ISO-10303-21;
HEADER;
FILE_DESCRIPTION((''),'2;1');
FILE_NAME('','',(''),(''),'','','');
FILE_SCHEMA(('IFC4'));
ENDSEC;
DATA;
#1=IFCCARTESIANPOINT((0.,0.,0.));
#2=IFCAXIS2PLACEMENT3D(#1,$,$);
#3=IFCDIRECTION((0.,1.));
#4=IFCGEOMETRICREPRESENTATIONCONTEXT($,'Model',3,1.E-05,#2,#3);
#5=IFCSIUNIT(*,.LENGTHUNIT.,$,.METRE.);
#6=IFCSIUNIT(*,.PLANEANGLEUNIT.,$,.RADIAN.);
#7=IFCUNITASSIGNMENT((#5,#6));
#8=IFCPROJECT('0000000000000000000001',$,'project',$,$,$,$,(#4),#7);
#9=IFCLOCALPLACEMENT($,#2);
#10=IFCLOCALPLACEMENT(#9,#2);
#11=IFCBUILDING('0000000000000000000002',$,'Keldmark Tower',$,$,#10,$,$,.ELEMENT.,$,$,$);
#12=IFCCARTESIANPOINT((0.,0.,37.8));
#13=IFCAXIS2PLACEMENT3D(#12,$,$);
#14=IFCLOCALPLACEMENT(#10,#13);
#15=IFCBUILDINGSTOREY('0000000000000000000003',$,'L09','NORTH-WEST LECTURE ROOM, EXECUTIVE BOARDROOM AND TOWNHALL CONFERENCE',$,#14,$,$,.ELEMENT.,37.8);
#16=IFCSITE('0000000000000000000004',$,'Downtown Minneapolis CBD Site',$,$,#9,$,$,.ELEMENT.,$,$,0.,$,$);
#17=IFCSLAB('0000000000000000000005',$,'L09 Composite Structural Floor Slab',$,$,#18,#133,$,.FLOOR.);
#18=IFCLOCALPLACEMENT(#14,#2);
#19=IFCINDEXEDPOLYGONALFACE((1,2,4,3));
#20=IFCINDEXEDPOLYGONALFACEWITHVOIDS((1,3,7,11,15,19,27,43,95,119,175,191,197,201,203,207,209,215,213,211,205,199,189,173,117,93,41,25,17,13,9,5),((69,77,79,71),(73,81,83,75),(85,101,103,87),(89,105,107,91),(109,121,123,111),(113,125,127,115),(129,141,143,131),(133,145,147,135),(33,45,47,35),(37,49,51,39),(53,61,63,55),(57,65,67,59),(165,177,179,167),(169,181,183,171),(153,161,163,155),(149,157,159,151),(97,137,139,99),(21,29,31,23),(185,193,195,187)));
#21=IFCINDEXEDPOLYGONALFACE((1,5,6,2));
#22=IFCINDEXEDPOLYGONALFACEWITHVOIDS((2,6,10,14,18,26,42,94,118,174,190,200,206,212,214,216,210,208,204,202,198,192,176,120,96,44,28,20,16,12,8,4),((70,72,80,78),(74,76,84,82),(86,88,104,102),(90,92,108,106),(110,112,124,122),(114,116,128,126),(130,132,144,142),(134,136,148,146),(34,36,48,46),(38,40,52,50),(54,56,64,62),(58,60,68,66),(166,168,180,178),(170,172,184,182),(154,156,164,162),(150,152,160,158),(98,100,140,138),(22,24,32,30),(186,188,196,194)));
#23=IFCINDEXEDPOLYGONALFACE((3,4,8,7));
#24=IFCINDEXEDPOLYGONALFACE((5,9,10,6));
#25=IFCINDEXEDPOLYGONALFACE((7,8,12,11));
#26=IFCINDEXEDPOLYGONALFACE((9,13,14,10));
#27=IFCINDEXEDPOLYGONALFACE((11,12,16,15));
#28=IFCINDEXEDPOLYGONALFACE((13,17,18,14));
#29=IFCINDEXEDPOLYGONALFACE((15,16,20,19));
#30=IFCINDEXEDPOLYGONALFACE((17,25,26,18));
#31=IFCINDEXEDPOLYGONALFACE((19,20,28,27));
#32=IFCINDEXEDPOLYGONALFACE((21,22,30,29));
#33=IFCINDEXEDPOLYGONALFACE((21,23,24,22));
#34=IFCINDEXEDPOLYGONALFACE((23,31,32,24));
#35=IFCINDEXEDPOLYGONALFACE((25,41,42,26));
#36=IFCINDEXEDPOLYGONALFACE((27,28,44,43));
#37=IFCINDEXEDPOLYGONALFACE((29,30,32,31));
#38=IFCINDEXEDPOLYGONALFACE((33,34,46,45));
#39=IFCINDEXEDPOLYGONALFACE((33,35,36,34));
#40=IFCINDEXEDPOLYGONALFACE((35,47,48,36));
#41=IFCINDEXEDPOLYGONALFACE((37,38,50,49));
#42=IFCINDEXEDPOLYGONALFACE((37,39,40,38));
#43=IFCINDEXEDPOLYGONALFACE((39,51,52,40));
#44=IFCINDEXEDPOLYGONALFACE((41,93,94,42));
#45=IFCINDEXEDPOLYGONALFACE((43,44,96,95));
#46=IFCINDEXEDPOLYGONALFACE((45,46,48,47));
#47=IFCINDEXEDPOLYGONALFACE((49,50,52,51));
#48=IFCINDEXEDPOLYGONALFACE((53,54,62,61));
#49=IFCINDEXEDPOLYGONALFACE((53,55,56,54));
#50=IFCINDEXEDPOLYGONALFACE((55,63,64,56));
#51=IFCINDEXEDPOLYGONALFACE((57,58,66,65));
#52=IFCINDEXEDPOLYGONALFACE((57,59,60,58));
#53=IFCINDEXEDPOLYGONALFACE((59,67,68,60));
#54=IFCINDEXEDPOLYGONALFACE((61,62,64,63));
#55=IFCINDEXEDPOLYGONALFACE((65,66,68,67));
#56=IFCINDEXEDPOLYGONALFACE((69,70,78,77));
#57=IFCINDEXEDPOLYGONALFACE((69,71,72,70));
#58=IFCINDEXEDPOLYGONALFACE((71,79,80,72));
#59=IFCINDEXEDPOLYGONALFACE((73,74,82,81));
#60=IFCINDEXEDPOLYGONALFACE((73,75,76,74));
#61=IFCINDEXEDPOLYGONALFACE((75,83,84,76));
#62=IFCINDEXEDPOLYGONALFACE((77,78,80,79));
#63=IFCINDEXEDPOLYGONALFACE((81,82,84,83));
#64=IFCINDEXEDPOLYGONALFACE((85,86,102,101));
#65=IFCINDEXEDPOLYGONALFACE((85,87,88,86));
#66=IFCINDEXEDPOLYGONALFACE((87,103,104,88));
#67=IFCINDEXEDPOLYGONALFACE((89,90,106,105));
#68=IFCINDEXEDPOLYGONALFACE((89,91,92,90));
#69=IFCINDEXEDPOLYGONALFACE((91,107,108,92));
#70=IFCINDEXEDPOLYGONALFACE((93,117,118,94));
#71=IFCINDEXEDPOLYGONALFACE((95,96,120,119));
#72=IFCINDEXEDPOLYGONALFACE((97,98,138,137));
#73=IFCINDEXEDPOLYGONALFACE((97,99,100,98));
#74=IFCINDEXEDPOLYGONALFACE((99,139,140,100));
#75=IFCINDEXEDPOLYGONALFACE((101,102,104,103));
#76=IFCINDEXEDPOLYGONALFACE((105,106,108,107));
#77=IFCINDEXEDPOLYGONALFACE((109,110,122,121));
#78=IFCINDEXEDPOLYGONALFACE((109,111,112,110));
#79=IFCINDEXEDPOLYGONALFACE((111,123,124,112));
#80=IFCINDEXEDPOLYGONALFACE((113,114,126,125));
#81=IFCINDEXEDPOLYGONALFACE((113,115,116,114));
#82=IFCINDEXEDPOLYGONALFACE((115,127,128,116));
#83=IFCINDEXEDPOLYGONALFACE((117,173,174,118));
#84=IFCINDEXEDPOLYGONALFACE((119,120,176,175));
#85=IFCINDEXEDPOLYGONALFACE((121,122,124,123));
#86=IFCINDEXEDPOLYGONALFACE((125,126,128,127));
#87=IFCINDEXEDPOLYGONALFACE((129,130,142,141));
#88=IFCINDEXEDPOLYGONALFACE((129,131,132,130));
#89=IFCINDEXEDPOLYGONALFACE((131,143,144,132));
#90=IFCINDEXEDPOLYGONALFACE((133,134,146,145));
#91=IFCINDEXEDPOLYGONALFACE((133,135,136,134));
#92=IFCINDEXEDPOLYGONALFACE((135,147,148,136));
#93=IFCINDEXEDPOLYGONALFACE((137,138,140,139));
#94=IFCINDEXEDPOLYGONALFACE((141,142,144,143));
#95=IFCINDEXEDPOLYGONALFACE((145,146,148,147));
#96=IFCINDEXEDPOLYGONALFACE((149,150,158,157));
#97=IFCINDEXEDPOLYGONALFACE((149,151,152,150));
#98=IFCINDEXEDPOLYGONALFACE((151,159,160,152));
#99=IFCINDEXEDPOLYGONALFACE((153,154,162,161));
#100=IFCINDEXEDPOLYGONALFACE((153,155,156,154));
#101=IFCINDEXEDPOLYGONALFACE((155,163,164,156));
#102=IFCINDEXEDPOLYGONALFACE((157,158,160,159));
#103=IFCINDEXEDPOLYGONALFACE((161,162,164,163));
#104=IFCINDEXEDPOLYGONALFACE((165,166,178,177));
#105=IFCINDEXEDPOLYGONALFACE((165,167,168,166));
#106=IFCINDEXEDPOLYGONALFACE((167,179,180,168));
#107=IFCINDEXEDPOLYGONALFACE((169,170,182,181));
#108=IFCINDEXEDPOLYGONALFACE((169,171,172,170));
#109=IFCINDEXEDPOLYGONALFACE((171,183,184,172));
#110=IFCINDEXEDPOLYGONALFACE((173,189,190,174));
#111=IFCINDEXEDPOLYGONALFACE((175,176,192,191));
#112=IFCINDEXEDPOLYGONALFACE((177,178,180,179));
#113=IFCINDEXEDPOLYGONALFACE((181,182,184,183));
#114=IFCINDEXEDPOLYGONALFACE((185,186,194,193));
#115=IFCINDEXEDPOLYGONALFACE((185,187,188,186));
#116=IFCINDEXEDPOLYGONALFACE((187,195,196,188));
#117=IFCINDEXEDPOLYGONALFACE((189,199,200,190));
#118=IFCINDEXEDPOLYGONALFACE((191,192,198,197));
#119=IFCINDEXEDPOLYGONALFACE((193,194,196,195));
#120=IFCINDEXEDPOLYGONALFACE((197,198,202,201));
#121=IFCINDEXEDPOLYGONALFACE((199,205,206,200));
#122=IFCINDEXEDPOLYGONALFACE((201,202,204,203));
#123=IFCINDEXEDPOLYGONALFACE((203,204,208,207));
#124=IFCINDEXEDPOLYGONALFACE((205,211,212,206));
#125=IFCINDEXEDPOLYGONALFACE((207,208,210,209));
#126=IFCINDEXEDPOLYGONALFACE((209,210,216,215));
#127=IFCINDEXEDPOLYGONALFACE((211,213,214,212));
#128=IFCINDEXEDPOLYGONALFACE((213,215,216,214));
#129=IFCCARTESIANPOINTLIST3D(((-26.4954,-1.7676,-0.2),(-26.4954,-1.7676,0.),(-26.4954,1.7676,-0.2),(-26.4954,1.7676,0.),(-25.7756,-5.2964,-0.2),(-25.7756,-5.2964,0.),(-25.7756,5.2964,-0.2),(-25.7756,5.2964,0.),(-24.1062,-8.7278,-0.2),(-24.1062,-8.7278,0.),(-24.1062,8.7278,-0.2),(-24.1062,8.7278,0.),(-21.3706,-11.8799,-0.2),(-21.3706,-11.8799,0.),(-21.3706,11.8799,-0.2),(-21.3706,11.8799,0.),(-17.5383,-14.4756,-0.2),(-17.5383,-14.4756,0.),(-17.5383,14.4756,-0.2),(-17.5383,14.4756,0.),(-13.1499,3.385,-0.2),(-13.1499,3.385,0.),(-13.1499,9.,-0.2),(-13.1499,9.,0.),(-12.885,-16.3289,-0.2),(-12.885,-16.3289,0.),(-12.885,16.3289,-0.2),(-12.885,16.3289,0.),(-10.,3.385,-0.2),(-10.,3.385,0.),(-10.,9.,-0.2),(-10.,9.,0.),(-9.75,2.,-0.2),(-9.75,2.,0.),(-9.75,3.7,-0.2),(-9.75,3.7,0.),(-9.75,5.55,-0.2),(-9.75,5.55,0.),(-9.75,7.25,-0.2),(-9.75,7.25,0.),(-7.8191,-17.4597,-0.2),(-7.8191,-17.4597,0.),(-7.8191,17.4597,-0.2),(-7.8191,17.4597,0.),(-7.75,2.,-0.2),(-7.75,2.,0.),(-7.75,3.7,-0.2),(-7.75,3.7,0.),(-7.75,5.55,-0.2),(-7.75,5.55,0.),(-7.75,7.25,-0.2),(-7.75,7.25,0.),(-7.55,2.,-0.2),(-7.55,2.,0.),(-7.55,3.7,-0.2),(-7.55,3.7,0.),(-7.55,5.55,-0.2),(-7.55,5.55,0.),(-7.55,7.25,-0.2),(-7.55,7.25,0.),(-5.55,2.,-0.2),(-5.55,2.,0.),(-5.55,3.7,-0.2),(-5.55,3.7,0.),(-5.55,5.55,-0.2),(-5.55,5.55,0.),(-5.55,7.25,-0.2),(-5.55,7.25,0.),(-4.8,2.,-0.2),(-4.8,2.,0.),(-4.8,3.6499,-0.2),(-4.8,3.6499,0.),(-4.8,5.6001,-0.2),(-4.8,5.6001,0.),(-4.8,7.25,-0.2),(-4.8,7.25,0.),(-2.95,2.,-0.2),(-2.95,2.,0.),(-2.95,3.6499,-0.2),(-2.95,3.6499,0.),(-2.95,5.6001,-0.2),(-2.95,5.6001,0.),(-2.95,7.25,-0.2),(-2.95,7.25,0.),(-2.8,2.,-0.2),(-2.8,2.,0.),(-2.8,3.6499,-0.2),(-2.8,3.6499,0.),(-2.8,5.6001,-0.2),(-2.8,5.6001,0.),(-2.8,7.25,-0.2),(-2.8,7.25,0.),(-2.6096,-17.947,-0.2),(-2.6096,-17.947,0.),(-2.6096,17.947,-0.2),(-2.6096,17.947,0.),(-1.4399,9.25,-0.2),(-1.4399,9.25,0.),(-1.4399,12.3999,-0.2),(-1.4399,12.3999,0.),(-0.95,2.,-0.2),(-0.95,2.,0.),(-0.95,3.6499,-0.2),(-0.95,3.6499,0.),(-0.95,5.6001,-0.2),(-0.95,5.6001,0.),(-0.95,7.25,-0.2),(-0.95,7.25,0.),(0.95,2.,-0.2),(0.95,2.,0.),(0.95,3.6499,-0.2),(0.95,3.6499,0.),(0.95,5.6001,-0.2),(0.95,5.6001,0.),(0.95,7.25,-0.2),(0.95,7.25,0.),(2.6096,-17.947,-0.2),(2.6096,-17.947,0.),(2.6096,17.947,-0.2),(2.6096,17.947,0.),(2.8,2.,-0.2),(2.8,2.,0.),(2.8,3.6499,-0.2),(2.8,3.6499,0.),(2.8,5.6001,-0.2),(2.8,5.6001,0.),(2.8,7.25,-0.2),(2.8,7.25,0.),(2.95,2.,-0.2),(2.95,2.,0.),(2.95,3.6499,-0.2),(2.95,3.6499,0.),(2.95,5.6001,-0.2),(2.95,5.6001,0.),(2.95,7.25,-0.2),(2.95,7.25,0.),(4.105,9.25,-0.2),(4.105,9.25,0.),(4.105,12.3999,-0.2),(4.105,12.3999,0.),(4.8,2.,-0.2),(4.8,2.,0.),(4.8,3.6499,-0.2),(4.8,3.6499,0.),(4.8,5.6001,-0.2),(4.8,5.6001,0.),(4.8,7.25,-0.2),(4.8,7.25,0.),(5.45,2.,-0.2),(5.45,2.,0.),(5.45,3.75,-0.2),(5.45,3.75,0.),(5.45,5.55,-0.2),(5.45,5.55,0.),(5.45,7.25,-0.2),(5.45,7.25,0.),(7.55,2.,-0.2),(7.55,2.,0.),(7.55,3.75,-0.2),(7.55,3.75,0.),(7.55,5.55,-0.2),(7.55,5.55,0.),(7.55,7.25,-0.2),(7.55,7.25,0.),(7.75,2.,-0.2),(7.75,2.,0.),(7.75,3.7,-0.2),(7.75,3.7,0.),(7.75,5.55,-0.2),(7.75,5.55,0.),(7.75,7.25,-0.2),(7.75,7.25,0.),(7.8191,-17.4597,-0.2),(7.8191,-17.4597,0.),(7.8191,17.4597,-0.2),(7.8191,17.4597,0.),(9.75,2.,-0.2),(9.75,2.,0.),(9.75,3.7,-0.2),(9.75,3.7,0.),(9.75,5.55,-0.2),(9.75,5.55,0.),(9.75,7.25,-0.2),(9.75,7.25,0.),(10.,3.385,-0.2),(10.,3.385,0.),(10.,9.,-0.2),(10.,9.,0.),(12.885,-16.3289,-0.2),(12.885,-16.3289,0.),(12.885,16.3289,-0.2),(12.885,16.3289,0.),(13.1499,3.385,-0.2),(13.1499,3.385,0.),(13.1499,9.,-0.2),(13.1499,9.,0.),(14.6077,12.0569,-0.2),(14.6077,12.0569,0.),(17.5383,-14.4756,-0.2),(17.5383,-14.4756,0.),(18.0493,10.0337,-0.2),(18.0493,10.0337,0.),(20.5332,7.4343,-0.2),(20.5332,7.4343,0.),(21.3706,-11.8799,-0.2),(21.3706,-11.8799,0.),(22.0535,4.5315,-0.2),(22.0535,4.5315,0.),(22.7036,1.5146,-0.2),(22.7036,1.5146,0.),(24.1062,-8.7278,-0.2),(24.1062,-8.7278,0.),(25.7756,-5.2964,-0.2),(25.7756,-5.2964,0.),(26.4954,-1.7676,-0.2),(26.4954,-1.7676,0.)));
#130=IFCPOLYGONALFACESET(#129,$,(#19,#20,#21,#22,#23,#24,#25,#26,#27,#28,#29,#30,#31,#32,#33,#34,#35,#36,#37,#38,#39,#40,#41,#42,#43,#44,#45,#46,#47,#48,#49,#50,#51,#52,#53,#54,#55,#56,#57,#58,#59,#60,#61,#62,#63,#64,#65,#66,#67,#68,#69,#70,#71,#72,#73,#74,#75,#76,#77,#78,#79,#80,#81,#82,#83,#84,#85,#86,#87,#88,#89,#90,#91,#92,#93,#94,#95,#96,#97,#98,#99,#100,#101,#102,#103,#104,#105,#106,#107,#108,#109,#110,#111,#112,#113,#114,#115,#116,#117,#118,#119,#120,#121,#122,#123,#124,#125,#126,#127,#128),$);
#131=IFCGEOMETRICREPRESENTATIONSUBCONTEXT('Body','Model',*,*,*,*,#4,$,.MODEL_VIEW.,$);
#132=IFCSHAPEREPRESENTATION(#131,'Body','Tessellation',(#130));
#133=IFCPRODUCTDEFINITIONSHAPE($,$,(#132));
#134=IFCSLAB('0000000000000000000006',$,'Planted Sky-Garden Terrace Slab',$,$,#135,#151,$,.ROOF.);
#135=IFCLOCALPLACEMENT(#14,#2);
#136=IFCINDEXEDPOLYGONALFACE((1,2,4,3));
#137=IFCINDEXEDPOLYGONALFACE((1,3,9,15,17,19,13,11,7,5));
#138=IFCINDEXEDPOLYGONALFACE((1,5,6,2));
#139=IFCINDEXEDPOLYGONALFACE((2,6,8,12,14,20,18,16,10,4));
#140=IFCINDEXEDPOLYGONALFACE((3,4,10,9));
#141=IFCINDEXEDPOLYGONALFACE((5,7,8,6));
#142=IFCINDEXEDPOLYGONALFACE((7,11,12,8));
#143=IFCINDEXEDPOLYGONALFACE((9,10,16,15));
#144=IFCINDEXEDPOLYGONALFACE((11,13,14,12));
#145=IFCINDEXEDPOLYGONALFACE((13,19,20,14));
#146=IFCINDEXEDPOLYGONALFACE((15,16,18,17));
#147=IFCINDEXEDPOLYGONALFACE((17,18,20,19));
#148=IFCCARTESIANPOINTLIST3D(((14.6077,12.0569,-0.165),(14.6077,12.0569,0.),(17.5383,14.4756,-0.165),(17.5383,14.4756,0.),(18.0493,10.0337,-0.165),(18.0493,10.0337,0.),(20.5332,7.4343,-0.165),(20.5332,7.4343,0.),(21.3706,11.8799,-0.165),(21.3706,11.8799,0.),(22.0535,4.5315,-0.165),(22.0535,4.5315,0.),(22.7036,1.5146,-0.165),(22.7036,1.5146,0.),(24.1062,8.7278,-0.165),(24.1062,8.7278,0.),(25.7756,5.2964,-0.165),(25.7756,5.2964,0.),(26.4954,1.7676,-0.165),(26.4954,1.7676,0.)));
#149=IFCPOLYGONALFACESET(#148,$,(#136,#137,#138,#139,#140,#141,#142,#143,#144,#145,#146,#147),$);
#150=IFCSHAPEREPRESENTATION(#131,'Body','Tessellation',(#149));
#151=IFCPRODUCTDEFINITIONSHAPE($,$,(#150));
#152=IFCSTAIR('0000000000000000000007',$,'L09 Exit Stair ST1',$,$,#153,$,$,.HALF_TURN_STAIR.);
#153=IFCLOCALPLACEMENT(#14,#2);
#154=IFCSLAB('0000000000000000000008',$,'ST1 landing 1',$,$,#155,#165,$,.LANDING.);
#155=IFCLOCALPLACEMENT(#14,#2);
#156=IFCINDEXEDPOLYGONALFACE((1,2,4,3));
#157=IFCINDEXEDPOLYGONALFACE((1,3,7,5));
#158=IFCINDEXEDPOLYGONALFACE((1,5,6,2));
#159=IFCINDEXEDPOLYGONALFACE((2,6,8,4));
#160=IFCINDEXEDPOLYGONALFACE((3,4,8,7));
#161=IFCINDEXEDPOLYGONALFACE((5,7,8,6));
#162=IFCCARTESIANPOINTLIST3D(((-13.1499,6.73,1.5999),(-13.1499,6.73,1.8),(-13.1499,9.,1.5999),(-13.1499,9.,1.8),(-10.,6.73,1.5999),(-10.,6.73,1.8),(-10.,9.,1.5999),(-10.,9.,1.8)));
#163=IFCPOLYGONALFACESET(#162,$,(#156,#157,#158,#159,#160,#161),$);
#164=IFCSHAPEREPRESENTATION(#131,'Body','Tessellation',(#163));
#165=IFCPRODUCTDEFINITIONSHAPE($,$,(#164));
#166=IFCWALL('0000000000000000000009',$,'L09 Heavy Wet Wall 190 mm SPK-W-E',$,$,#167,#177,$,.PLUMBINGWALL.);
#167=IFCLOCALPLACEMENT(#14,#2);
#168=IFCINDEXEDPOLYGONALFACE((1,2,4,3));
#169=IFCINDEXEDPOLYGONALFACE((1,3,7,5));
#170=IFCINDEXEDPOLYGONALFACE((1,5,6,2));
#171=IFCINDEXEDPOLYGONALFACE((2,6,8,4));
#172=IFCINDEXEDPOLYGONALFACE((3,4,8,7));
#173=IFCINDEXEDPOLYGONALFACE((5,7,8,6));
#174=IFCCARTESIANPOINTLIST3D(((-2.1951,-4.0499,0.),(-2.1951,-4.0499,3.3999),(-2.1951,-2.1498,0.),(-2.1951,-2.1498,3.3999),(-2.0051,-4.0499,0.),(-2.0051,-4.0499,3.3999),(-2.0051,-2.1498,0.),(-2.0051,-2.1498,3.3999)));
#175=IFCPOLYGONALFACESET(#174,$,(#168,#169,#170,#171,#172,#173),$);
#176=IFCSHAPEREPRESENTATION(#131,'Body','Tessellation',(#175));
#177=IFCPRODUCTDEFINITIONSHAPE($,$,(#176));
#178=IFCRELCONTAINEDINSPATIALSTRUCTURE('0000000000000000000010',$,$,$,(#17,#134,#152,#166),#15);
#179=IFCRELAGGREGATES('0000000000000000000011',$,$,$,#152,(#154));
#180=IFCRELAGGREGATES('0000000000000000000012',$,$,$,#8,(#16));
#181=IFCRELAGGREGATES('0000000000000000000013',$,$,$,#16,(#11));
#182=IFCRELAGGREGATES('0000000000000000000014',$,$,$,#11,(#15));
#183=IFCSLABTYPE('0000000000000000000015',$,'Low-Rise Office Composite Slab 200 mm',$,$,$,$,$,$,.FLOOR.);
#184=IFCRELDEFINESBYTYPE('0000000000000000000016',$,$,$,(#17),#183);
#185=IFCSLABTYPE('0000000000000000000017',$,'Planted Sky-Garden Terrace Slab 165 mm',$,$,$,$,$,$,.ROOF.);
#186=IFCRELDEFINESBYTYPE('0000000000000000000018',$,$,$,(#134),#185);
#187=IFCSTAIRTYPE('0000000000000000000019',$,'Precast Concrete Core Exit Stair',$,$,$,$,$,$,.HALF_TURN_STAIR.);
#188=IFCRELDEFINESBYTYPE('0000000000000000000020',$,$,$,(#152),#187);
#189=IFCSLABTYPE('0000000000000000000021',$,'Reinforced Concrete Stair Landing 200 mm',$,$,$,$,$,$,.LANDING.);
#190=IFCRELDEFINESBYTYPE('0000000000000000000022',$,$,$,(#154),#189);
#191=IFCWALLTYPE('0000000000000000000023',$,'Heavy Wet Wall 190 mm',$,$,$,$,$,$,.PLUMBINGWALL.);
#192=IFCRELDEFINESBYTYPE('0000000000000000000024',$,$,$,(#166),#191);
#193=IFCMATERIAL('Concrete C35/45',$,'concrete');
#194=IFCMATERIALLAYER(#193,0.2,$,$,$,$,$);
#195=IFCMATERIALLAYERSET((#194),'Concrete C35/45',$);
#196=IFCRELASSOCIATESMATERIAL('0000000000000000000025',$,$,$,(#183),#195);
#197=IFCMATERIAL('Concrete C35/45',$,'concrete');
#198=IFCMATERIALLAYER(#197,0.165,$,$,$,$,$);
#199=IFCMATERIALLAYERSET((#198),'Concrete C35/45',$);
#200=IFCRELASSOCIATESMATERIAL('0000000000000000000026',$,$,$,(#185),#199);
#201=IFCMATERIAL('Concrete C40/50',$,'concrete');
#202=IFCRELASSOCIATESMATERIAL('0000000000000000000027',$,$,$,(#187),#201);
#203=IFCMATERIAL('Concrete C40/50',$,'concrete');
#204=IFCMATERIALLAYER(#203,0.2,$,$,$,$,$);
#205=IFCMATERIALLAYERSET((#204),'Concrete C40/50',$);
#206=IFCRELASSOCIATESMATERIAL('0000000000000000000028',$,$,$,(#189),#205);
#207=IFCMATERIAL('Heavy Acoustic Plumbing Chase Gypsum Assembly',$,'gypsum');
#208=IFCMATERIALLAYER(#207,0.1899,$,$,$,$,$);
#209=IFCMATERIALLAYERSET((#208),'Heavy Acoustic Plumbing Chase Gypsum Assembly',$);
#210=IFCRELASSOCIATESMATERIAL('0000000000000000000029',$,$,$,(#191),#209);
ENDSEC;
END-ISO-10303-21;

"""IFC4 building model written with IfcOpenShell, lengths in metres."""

from ifc_helpers import new_model, si_unit, direction, frame, frame_2d, origin, place, context, subcontext, project, spatial, polyline, rectangle, outline, extrude, material, layer, layer_set, type_object, element, aggregate, save


model = new_model("IFC4")

# Units and contexts
model_context = context("Model", 3, precision=1e-05, world=origin(), true_north=direction((0.0, 1.0)))
body_context = subcontext(model_context, "Body", "Model", "MODEL_VIEW")
ifc_project = project(units=[si_unit("LENGTHUNIT", "METRE"), si_unit("PLANEANGLEUNIT", "RADIAN")], contexts=[model_context])

# Site, building, storey
site_placement = place(None, origin())
site = spatial("IfcSite", under=ifc_project, at=site_placement, Name="Downtown Minneapolis CBD Site", CompositionType="ELEMENT", RefElevation=0.0)
building_placement = place(site_placement, origin())
building = spatial("IfcBuilding", under=site, at=building_placement, Name="Keldmark Tower", CompositionType="ELEMENT")
storey_placement = place(building_placement, frame((0.0, 0.0, 37.8)))
storey = spatial("IfcBuildingStorey", under=building, at=storey_placement, Name="L09", Description="NORTH-WEST LECTURE ROOM, EXECUTIVE BOARDROOM AND TOWNHALL CONFERENCE", CompositionType="ELEMENT", Elevation=37.8)

# Slabs
ifc_material_1 = material(Name="Concrete C35/45", Category="concrete")
ifc_layer_1 = layer(ifc_material_1, 0.2)
ifc_layer_set_1 = layer_set([ifc_layer_1], Name="Concrete C35/45")
slab_type_1 = type_object("IfcSlabType", Name="Low-Rise Office Composite Slab 200 mm", PredefinedType="FLOOR", material=ifc_layer_set_1)
slab_1_placement = place(storey_placement, frame((0.0, 0.0, -0.2)))
element("IfcSlab", 1, at=slab_1_placement, inside=storey, type_object=slab_type_1, Name="L09 Composite Structural Floor Slab", PredefinedType="FLOOR", context=body_context, shape_type="SweptSolid", body=[
    extrude(outline(polyline([(22.7036, 1.5146), (22.0535, 4.5315), (20.5332, 7.4343), (18.0493, 10.0337), (14.6077, 12.0569), (12.885, 16.3289), (7.8191, 17.4597), (2.6096, 17.947), (-2.6096, 17.947), (-7.8191, 17.4597), (-12.885, 16.3289), (-17.5383, 14.4756), (-21.3706, 11.8799), (-24.1062, 8.7278), (-25.7756, 5.2964), (-26.4954, 1.7676), (-26.4954, -1.7676), (-25.7756, -5.2964), (-24.1062, -8.7278), (-21.3706, -11.8799), (-17.5383, -14.4756), (-12.885, -16.3289), (-7.8191, -17.4597), (-2.6096, -17.947), (2.6096, -17.947), (7.8191, -17.4597), (12.885, -16.3289), (17.5383, -14.4756), (21.3706, -11.8799), (24.1062, -8.7278), (25.7756, -5.2964), (26.4954, -1.7676), (22.7036, 1.5146)]), holes=[polyline([(-10.0, 3.385), (-10.0, 9.0), (-13.1499, 9.0), (-13.1499, 3.385), (-10.0, 3.385)]), polyline([(13.1499, 3.385), (13.1499, 9.0), (10.0, 9.0), (10.0, 3.385), (13.1499, 3.385)]), polyline([(-1.4399, 9.25), (4.105, 9.25), (4.105, 12.3999), (-1.4399, 12.3999), (-1.4399, 9.25)]), polyline([(-9.75, 2.0), (-7.75, 2.0), (-7.75, 3.7), (-9.75, 3.7), (-9.75, 2.0)]), polyline([(7.75, 2.0), (9.75, 2.0), (9.75, 3.7), (7.75, 3.7), (7.75, 2.0)]), polyline([(5.45, 2.0), (7.55, 2.0), (7.55, 3.75), (5.45, 3.75), (5.45, 2.0)]), polyline([(-4.8, 2.0), (-2.95, 2.0), (-2.95, 3.6499), (-4.8, 3.6499), (-4.8, 2.0)]), polyline([(-2.8, 2.0), (-0.95, 2.0), (-0.95, 3.6499), (-2.8, 3.6499), (-2.8, 2.0)]), polyline([(0.95, 2.0), (2.8, 2.0), (2.8, 3.6499), (0.95, 3.6499), (0.95, 2.0)]), polyline([(2.95, 2.0), (4.8, 2.0), (4.8, 3.6499), (2.95, 3.6499), (2.95, 2.0)]), polyline([(-4.8, 5.6001), (-2.95, 5.6001), (-2.95, 7.25), (-4.8, 7.25), (-4.8, 5.6001)]), polyline([(-2.8, 5.6001), (-0.95, 5.6001), (-0.95, 7.25), (-2.8, 7.25), (-2.8, 5.6001)]), polyline([(0.95, 5.6001), (2.8, 5.6001), (2.8, 7.25), (0.95, 7.25), (0.95, 5.6001)]), polyline([(2.95, 5.6001), (4.8, 5.6001), (4.8, 7.25), (2.95, 7.25), (2.95, 5.6001)]), polyline([(-9.75, 5.55), (-7.75, 5.55), (-7.75, 7.25), (-9.75, 7.25), (-9.75, 5.55)]), polyline([(-7.55, 5.55), (-5.55, 5.55), (-5.55, 7.25), (-7.55, 7.25), (-7.55, 5.55)]), polyline([(-7.55, 2.0), (-5.55, 2.0), (-5.55, 3.7), (-7.55, 3.7), (-7.55, 2.0)]), polyline([(5.45, 5.55), (7.55, 5.55), (7.55, 7.25), (5.45, 7.25), (5.45, 5.55)]), polyline([(7.75, 5.55), (9.75, 5.55), (9.75, 7.25), (7.75, 7.25), (7.75, 5.55)])]), origin(), (0.0, 0.0, 1.0), 0.2),
])
ifc_material_2 = material(Name="Concrete C35/45", Category="concrete")
ifc_layer_2 = layer(ifc_material_2, 0.165)
ifc_layer_set_2 = layer_set([ifc_layer_2], Name="Concrete C35/45")
slab_type_2 = type_object("IfcSlabType", Name="Planted Sky-Garden Terrace Slab 165 mm", PredefinedType="ROOF", material=ifc_layer_set_2)
slab_2_placement = place(storey_placement, frame((0.0, 0.0, -0.165)))
element("IfcSlab", 2, at=slab_2_placement, inside=storey, type_object=slab_type_2, Name="Planted Sky-Garden Terrace Slab", PredefinedType="ROOF", context=body_context, shape_type="SweptSolid", body=[
    extrude(outline(polyline([(26.4954, 1.7676), (25.7756, 5.2964), (24.1062, 8.7278), (21.3706, 11.8799), (17.5383, 14.4756), (14.6077, 12.0569), (18.0493, 10.0337), (20.5332, 7.4343), (22.0535, 4.5315), (22.7036, 1.5146), (26.4954, 1.7676)])), origin(), (0.0, 0.0, 1.0), 0.165),
])

# Stair, slab
ifc_material_3 = material(Name="Concrete C40/50", Category="concrete")
stair_type = type_object("IfcStairType", Name="Precast Concrete Core Exit Stair", PredefinedType="HALF_TURN_STAIR", material=ifc_material_3)
stair_placement = place(storey_placement, origin())
stair = element("IfcStair", 3, at=stair_placement, inside=storey, type_object=stair_type, Name="L09 Exit Stair ST1", PredefinedType="HALF_TURN_STAIR")
ifc_material_4 = material(Name="Concrete C40/50", Category="concrete")
ifc_layer_3 = layer(ifc_material_4, 0.2)
ifc_layer_set_3 = layer_set([ifc_layer_3], Name="Concrete C40/50")
slab_type_3 = type_object("IfcSlabType", Name="Reinforced Concrete Stair Landing 200 mm", PredefinedType="LANDING", material=ifc_layer_set_3)
slab_3_placement = place(storey_placement, frame((0.0, 0.0, 1.5999)))
slab_3 = element("IfcSlab", 4, at=slab_3_placement, type_object=slab_type_3, Name="ST1 landing 1", PredefinedType="LANDING", context=body_context, shape_type="SweptSolid", body=[
    extrude(outline(polyline([(-10.0, 6.73), (-10.0, 9.0), (-13.1499, 9.0), (-13.1499, 6.73), (-10.0, 6.73)])), origin(), (0.0, 0.0, 1.0), 0.2002),
])
aggregate(stair, [slab_3])

# Wall
ifc_material_5 = material(Name="Heavy Acoustic Plumbing Chase Gypsum Assembly", Category="gypsum")
ifc_layer_4 = layer(ifc_material_5, 0.1899)
ifc_layer_set_4 = layer_set([ifc_layer_4], Name="Heavy Acoustic Plumbing Chase Gypsum Assembly")
wall_type_1 = type_object("IfcWallType", Name="Heavy Wet Wall 190 mm", PredefinedType="PLUMBINGWALL", material=ifc_layer_set_4)
wall_1_placement = place(storey_placement, frame((-2.1001, -4.05, 0.0), z_axis=(0.0, 0.0, 1.0), x_axis=(0.0, 1.0, 0.0)))
element("IfcWall", 5, at=wall_1_placement, inside=storey, type_object=wall_type_1, Name="L09 Heavy Wet Wall 190 mm SPK-W-E", PredefinedType="PLUMBINGWALL", context=body_context, shape_type="SweptSolid", body=[
    extrude(rectangle(XDim=1.9001, YDim=0.1899, at=frame_2d((0.9502, 0.0))), origin(), (0.0, 0.0, 1.0), 3.3999),
])

save(model, "model.ifc")
